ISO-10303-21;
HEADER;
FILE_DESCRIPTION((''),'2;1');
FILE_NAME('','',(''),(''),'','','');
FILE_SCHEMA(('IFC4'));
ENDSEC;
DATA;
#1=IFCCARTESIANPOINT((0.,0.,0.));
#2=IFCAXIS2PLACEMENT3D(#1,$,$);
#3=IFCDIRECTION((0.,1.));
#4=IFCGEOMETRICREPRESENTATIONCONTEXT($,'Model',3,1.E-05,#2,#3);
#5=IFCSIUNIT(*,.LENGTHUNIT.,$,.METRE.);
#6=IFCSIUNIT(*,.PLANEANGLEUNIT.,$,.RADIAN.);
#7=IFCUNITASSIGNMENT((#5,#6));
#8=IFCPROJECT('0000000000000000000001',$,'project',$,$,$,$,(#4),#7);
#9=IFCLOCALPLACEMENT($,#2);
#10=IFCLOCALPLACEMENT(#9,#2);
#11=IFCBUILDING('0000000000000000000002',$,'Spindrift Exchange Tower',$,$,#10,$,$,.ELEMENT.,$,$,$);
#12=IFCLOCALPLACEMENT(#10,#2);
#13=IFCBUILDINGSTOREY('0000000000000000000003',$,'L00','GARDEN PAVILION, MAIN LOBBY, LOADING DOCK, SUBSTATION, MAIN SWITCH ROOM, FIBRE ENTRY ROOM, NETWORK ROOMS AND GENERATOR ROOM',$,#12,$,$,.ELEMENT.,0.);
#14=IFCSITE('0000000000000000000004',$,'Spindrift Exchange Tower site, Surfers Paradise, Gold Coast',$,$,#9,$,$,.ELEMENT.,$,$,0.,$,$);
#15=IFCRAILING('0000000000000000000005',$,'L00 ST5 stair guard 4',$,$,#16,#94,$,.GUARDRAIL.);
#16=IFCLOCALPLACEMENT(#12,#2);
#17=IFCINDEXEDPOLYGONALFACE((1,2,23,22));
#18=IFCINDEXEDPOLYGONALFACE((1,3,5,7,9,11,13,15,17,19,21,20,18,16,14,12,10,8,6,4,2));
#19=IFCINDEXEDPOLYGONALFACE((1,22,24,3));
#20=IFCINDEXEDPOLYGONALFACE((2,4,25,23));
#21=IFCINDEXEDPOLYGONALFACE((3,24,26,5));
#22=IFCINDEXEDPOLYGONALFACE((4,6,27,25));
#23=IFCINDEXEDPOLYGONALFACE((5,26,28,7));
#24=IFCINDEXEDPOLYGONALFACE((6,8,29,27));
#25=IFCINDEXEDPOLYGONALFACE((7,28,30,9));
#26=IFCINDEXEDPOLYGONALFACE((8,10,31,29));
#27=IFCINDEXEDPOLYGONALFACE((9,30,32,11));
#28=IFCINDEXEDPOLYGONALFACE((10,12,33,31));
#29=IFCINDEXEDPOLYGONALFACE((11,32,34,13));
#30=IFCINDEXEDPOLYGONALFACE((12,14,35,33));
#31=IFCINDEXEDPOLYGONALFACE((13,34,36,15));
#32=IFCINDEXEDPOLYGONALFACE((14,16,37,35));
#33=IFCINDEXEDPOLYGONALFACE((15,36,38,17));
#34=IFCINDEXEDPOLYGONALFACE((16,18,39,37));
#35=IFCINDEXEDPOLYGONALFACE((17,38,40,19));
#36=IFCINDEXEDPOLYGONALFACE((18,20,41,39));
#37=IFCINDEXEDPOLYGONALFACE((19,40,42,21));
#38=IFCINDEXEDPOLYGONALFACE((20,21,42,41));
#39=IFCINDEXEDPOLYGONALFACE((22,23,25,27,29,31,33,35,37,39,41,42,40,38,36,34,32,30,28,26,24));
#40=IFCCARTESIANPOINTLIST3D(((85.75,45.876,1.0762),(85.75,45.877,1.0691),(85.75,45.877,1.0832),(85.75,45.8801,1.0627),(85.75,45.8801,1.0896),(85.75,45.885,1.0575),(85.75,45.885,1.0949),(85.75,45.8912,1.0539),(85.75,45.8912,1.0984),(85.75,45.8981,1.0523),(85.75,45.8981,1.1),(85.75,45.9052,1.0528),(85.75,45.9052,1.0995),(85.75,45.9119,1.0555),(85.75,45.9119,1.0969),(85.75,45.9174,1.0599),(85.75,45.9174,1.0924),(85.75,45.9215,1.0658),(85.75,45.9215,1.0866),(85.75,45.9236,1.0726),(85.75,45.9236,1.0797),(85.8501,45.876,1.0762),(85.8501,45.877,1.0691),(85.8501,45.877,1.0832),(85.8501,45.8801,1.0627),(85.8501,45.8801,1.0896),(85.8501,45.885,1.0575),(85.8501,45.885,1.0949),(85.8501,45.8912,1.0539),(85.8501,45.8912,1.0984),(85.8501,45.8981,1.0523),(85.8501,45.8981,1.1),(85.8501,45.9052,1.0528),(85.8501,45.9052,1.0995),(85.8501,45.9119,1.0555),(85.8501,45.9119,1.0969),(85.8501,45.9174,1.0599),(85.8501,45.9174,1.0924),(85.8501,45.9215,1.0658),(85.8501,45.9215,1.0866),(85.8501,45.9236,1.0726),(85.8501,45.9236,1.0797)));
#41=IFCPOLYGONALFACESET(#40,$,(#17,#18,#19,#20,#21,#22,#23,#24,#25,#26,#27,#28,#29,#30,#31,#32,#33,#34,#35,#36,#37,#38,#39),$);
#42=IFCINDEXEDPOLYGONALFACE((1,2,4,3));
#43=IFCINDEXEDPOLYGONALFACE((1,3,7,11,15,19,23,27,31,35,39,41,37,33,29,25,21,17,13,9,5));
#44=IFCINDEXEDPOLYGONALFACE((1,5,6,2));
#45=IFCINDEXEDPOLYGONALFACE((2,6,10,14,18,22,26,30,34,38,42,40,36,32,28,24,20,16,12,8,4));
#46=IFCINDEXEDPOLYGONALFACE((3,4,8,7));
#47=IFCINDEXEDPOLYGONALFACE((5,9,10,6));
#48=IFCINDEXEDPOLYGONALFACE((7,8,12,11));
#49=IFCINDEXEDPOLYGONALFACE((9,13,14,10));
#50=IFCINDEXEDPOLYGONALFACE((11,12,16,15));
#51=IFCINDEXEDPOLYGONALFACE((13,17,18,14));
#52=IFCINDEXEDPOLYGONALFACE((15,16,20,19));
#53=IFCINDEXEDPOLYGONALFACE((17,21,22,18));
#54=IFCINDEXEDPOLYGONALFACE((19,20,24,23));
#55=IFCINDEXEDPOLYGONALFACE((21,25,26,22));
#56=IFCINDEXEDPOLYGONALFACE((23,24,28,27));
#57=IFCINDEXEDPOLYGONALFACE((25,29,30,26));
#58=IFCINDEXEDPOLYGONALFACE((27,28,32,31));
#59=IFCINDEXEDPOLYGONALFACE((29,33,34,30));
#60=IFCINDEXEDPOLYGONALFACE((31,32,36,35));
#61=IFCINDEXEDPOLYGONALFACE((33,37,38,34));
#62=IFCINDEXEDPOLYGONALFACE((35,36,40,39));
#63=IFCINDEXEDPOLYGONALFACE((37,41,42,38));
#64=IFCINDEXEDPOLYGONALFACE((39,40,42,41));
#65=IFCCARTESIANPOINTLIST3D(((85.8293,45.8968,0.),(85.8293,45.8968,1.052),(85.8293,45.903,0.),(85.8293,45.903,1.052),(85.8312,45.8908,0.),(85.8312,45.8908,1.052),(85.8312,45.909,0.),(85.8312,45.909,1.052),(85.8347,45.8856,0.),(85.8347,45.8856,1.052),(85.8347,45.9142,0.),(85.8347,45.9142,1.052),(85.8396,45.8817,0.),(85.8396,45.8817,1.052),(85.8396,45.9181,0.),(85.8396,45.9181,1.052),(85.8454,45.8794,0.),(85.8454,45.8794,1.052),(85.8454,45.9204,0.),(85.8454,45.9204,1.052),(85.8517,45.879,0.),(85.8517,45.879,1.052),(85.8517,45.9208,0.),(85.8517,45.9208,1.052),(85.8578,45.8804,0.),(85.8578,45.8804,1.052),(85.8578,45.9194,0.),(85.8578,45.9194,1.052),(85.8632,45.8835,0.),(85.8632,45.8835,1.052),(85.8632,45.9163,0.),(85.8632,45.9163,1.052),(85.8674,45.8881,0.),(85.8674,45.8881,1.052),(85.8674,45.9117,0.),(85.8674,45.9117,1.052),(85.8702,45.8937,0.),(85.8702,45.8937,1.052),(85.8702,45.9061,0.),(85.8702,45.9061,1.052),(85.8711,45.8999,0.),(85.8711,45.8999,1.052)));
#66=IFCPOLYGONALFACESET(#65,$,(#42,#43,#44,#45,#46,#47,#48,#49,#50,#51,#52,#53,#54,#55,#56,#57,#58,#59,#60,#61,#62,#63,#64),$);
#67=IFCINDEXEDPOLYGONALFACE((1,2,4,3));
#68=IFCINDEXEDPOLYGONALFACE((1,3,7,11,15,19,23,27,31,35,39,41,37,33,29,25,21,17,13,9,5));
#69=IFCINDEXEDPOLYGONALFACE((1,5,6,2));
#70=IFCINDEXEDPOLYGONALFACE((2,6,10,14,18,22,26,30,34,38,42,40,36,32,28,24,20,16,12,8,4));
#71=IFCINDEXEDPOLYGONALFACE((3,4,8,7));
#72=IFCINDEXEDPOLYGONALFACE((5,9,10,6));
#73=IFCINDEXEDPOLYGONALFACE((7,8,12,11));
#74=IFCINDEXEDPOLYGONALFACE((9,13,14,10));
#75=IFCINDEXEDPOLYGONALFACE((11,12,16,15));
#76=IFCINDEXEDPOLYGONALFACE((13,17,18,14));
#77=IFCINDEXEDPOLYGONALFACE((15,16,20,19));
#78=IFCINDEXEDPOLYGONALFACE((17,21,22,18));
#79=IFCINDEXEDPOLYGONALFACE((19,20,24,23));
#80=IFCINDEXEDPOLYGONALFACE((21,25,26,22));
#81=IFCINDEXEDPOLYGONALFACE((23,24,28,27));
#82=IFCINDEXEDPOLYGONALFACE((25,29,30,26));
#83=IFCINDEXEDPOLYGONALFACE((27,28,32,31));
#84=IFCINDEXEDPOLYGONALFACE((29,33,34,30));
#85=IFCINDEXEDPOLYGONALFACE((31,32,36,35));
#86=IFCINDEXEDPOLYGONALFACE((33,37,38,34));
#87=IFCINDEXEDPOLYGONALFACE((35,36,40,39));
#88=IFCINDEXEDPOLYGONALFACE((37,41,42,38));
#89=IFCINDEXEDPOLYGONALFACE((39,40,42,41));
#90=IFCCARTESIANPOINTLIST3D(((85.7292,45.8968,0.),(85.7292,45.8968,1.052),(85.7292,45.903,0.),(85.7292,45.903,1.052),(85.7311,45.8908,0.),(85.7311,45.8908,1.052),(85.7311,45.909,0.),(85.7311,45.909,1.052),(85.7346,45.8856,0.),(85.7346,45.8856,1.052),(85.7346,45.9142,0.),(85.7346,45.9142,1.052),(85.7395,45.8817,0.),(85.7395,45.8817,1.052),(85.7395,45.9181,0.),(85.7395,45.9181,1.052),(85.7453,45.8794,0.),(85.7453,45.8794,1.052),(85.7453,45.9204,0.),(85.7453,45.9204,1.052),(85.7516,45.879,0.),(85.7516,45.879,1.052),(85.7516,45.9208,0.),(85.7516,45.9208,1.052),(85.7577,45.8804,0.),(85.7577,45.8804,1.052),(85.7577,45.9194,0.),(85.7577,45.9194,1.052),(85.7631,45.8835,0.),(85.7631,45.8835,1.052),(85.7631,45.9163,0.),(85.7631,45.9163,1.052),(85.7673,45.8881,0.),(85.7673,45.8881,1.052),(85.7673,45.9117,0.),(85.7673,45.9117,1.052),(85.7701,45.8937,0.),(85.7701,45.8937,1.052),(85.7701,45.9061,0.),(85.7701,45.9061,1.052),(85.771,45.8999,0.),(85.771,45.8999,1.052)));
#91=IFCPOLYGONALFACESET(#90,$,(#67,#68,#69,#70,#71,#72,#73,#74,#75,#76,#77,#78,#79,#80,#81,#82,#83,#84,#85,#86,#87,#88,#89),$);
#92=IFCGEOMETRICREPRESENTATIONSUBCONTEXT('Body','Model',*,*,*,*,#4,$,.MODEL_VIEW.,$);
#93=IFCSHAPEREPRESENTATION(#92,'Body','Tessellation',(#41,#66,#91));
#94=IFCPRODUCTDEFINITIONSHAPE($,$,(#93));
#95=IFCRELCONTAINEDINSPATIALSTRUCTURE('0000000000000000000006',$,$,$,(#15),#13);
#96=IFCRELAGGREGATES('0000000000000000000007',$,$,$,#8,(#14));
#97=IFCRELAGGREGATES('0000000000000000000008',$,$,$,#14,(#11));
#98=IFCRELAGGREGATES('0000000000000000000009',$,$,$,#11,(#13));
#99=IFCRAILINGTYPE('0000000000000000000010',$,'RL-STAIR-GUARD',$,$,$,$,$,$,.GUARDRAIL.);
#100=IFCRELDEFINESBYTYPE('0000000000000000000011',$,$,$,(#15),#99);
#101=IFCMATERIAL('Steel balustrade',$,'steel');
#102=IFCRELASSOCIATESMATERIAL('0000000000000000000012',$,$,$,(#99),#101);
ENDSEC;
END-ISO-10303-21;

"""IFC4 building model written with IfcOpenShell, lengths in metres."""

from ifc_helpers import new_model, si_unit, direction, frame, origin, origin_2d, place, context, subcontext, project, spatial, circle, extrude, material, type_object, element, save


model = new_model("IFC4")

# Units and contexts
model_context = context("Model", 3, precision=1e-05, world=origin(), true_north=direction((0.0, 1.0)))
body_context = subcontext(model_context, "Body", "Model", "MODEL_VIEW")
ifc_project = project(units=[si_unit("LENGTHUNIT", "METRE"), si_unit("PLANEANGLEUNIT", "RADIAN")], contexts=[model_context])

# Site, building, storey
site_placement = place(None, origin())
site = spatial("IfcSite", under=ifc_project, at=site_placement, Name="Spindrift Exchange Tower site, Surfers Paradise, Gold Coast", CompositionType="ELEMENT", RefElevation=0.0)
building_placement = place(site_placement, origin())
building = spatial("IfcBuilding", under=site, at=building_placement, Name="Spindrift Exchange Tower", CompositionType="ELEMENT")
storey_placement = place(building_placement, origin())
storey = spatial("IfcBuildingStorey", under=building, at=storey_placement, Name="L00", Description="GARDEN PAVILION, MAIN LOBBY, LOADING DOCK, SUBSTATION, MAIN SWITCH ROOM, FIBRE ENTRY ROOM, NETWORK ROOMS AND GENERATOR ROOM", CompositionType="ELEMENT", Elevation=0.0)

# Railing
ifc_material_1 = material(Name="Steel balustrade", Category="steel")
railing_type_1 = type_object("IfcRailingType", Name="RL-STAIR-GUARD", PredefinedType="GUARDRAIL", material=ifc_material_1)
railing_1_placement = place(storey_placement, frame((85.8501, 45.8999, 0.0)))
element("IfcRailing", 1, at=railing_1_placement, inside=storey, type_object=railing_type_1, Name="L00 ST5 stair guard 4", PredefinedType="GUARDRAIL", context=body_context, shape_type="SweptSolid", body=[
    extrude(circle(Radius=0.0239, at=origin_2d()), frame((0.0, 0.0, 1.0762), z_axis=(-1.0, 0.0, 0.0), x_axis=(0.0, -1.0, 0.0)), (0.0, 0.0, 1.0), 0.1001),
    extrude(circle(Radius=0.021, at=origin_2d()), origin(), (0.0, 0.0, 1.0), 1.052),
    extrude(circle(Radius=0.021, at=origin_2d()), frame((-0.1001, 0.0, 0.0)), (0.0, 0.0, 1.0), 1.052),
])

save(model, "model.ifc")
